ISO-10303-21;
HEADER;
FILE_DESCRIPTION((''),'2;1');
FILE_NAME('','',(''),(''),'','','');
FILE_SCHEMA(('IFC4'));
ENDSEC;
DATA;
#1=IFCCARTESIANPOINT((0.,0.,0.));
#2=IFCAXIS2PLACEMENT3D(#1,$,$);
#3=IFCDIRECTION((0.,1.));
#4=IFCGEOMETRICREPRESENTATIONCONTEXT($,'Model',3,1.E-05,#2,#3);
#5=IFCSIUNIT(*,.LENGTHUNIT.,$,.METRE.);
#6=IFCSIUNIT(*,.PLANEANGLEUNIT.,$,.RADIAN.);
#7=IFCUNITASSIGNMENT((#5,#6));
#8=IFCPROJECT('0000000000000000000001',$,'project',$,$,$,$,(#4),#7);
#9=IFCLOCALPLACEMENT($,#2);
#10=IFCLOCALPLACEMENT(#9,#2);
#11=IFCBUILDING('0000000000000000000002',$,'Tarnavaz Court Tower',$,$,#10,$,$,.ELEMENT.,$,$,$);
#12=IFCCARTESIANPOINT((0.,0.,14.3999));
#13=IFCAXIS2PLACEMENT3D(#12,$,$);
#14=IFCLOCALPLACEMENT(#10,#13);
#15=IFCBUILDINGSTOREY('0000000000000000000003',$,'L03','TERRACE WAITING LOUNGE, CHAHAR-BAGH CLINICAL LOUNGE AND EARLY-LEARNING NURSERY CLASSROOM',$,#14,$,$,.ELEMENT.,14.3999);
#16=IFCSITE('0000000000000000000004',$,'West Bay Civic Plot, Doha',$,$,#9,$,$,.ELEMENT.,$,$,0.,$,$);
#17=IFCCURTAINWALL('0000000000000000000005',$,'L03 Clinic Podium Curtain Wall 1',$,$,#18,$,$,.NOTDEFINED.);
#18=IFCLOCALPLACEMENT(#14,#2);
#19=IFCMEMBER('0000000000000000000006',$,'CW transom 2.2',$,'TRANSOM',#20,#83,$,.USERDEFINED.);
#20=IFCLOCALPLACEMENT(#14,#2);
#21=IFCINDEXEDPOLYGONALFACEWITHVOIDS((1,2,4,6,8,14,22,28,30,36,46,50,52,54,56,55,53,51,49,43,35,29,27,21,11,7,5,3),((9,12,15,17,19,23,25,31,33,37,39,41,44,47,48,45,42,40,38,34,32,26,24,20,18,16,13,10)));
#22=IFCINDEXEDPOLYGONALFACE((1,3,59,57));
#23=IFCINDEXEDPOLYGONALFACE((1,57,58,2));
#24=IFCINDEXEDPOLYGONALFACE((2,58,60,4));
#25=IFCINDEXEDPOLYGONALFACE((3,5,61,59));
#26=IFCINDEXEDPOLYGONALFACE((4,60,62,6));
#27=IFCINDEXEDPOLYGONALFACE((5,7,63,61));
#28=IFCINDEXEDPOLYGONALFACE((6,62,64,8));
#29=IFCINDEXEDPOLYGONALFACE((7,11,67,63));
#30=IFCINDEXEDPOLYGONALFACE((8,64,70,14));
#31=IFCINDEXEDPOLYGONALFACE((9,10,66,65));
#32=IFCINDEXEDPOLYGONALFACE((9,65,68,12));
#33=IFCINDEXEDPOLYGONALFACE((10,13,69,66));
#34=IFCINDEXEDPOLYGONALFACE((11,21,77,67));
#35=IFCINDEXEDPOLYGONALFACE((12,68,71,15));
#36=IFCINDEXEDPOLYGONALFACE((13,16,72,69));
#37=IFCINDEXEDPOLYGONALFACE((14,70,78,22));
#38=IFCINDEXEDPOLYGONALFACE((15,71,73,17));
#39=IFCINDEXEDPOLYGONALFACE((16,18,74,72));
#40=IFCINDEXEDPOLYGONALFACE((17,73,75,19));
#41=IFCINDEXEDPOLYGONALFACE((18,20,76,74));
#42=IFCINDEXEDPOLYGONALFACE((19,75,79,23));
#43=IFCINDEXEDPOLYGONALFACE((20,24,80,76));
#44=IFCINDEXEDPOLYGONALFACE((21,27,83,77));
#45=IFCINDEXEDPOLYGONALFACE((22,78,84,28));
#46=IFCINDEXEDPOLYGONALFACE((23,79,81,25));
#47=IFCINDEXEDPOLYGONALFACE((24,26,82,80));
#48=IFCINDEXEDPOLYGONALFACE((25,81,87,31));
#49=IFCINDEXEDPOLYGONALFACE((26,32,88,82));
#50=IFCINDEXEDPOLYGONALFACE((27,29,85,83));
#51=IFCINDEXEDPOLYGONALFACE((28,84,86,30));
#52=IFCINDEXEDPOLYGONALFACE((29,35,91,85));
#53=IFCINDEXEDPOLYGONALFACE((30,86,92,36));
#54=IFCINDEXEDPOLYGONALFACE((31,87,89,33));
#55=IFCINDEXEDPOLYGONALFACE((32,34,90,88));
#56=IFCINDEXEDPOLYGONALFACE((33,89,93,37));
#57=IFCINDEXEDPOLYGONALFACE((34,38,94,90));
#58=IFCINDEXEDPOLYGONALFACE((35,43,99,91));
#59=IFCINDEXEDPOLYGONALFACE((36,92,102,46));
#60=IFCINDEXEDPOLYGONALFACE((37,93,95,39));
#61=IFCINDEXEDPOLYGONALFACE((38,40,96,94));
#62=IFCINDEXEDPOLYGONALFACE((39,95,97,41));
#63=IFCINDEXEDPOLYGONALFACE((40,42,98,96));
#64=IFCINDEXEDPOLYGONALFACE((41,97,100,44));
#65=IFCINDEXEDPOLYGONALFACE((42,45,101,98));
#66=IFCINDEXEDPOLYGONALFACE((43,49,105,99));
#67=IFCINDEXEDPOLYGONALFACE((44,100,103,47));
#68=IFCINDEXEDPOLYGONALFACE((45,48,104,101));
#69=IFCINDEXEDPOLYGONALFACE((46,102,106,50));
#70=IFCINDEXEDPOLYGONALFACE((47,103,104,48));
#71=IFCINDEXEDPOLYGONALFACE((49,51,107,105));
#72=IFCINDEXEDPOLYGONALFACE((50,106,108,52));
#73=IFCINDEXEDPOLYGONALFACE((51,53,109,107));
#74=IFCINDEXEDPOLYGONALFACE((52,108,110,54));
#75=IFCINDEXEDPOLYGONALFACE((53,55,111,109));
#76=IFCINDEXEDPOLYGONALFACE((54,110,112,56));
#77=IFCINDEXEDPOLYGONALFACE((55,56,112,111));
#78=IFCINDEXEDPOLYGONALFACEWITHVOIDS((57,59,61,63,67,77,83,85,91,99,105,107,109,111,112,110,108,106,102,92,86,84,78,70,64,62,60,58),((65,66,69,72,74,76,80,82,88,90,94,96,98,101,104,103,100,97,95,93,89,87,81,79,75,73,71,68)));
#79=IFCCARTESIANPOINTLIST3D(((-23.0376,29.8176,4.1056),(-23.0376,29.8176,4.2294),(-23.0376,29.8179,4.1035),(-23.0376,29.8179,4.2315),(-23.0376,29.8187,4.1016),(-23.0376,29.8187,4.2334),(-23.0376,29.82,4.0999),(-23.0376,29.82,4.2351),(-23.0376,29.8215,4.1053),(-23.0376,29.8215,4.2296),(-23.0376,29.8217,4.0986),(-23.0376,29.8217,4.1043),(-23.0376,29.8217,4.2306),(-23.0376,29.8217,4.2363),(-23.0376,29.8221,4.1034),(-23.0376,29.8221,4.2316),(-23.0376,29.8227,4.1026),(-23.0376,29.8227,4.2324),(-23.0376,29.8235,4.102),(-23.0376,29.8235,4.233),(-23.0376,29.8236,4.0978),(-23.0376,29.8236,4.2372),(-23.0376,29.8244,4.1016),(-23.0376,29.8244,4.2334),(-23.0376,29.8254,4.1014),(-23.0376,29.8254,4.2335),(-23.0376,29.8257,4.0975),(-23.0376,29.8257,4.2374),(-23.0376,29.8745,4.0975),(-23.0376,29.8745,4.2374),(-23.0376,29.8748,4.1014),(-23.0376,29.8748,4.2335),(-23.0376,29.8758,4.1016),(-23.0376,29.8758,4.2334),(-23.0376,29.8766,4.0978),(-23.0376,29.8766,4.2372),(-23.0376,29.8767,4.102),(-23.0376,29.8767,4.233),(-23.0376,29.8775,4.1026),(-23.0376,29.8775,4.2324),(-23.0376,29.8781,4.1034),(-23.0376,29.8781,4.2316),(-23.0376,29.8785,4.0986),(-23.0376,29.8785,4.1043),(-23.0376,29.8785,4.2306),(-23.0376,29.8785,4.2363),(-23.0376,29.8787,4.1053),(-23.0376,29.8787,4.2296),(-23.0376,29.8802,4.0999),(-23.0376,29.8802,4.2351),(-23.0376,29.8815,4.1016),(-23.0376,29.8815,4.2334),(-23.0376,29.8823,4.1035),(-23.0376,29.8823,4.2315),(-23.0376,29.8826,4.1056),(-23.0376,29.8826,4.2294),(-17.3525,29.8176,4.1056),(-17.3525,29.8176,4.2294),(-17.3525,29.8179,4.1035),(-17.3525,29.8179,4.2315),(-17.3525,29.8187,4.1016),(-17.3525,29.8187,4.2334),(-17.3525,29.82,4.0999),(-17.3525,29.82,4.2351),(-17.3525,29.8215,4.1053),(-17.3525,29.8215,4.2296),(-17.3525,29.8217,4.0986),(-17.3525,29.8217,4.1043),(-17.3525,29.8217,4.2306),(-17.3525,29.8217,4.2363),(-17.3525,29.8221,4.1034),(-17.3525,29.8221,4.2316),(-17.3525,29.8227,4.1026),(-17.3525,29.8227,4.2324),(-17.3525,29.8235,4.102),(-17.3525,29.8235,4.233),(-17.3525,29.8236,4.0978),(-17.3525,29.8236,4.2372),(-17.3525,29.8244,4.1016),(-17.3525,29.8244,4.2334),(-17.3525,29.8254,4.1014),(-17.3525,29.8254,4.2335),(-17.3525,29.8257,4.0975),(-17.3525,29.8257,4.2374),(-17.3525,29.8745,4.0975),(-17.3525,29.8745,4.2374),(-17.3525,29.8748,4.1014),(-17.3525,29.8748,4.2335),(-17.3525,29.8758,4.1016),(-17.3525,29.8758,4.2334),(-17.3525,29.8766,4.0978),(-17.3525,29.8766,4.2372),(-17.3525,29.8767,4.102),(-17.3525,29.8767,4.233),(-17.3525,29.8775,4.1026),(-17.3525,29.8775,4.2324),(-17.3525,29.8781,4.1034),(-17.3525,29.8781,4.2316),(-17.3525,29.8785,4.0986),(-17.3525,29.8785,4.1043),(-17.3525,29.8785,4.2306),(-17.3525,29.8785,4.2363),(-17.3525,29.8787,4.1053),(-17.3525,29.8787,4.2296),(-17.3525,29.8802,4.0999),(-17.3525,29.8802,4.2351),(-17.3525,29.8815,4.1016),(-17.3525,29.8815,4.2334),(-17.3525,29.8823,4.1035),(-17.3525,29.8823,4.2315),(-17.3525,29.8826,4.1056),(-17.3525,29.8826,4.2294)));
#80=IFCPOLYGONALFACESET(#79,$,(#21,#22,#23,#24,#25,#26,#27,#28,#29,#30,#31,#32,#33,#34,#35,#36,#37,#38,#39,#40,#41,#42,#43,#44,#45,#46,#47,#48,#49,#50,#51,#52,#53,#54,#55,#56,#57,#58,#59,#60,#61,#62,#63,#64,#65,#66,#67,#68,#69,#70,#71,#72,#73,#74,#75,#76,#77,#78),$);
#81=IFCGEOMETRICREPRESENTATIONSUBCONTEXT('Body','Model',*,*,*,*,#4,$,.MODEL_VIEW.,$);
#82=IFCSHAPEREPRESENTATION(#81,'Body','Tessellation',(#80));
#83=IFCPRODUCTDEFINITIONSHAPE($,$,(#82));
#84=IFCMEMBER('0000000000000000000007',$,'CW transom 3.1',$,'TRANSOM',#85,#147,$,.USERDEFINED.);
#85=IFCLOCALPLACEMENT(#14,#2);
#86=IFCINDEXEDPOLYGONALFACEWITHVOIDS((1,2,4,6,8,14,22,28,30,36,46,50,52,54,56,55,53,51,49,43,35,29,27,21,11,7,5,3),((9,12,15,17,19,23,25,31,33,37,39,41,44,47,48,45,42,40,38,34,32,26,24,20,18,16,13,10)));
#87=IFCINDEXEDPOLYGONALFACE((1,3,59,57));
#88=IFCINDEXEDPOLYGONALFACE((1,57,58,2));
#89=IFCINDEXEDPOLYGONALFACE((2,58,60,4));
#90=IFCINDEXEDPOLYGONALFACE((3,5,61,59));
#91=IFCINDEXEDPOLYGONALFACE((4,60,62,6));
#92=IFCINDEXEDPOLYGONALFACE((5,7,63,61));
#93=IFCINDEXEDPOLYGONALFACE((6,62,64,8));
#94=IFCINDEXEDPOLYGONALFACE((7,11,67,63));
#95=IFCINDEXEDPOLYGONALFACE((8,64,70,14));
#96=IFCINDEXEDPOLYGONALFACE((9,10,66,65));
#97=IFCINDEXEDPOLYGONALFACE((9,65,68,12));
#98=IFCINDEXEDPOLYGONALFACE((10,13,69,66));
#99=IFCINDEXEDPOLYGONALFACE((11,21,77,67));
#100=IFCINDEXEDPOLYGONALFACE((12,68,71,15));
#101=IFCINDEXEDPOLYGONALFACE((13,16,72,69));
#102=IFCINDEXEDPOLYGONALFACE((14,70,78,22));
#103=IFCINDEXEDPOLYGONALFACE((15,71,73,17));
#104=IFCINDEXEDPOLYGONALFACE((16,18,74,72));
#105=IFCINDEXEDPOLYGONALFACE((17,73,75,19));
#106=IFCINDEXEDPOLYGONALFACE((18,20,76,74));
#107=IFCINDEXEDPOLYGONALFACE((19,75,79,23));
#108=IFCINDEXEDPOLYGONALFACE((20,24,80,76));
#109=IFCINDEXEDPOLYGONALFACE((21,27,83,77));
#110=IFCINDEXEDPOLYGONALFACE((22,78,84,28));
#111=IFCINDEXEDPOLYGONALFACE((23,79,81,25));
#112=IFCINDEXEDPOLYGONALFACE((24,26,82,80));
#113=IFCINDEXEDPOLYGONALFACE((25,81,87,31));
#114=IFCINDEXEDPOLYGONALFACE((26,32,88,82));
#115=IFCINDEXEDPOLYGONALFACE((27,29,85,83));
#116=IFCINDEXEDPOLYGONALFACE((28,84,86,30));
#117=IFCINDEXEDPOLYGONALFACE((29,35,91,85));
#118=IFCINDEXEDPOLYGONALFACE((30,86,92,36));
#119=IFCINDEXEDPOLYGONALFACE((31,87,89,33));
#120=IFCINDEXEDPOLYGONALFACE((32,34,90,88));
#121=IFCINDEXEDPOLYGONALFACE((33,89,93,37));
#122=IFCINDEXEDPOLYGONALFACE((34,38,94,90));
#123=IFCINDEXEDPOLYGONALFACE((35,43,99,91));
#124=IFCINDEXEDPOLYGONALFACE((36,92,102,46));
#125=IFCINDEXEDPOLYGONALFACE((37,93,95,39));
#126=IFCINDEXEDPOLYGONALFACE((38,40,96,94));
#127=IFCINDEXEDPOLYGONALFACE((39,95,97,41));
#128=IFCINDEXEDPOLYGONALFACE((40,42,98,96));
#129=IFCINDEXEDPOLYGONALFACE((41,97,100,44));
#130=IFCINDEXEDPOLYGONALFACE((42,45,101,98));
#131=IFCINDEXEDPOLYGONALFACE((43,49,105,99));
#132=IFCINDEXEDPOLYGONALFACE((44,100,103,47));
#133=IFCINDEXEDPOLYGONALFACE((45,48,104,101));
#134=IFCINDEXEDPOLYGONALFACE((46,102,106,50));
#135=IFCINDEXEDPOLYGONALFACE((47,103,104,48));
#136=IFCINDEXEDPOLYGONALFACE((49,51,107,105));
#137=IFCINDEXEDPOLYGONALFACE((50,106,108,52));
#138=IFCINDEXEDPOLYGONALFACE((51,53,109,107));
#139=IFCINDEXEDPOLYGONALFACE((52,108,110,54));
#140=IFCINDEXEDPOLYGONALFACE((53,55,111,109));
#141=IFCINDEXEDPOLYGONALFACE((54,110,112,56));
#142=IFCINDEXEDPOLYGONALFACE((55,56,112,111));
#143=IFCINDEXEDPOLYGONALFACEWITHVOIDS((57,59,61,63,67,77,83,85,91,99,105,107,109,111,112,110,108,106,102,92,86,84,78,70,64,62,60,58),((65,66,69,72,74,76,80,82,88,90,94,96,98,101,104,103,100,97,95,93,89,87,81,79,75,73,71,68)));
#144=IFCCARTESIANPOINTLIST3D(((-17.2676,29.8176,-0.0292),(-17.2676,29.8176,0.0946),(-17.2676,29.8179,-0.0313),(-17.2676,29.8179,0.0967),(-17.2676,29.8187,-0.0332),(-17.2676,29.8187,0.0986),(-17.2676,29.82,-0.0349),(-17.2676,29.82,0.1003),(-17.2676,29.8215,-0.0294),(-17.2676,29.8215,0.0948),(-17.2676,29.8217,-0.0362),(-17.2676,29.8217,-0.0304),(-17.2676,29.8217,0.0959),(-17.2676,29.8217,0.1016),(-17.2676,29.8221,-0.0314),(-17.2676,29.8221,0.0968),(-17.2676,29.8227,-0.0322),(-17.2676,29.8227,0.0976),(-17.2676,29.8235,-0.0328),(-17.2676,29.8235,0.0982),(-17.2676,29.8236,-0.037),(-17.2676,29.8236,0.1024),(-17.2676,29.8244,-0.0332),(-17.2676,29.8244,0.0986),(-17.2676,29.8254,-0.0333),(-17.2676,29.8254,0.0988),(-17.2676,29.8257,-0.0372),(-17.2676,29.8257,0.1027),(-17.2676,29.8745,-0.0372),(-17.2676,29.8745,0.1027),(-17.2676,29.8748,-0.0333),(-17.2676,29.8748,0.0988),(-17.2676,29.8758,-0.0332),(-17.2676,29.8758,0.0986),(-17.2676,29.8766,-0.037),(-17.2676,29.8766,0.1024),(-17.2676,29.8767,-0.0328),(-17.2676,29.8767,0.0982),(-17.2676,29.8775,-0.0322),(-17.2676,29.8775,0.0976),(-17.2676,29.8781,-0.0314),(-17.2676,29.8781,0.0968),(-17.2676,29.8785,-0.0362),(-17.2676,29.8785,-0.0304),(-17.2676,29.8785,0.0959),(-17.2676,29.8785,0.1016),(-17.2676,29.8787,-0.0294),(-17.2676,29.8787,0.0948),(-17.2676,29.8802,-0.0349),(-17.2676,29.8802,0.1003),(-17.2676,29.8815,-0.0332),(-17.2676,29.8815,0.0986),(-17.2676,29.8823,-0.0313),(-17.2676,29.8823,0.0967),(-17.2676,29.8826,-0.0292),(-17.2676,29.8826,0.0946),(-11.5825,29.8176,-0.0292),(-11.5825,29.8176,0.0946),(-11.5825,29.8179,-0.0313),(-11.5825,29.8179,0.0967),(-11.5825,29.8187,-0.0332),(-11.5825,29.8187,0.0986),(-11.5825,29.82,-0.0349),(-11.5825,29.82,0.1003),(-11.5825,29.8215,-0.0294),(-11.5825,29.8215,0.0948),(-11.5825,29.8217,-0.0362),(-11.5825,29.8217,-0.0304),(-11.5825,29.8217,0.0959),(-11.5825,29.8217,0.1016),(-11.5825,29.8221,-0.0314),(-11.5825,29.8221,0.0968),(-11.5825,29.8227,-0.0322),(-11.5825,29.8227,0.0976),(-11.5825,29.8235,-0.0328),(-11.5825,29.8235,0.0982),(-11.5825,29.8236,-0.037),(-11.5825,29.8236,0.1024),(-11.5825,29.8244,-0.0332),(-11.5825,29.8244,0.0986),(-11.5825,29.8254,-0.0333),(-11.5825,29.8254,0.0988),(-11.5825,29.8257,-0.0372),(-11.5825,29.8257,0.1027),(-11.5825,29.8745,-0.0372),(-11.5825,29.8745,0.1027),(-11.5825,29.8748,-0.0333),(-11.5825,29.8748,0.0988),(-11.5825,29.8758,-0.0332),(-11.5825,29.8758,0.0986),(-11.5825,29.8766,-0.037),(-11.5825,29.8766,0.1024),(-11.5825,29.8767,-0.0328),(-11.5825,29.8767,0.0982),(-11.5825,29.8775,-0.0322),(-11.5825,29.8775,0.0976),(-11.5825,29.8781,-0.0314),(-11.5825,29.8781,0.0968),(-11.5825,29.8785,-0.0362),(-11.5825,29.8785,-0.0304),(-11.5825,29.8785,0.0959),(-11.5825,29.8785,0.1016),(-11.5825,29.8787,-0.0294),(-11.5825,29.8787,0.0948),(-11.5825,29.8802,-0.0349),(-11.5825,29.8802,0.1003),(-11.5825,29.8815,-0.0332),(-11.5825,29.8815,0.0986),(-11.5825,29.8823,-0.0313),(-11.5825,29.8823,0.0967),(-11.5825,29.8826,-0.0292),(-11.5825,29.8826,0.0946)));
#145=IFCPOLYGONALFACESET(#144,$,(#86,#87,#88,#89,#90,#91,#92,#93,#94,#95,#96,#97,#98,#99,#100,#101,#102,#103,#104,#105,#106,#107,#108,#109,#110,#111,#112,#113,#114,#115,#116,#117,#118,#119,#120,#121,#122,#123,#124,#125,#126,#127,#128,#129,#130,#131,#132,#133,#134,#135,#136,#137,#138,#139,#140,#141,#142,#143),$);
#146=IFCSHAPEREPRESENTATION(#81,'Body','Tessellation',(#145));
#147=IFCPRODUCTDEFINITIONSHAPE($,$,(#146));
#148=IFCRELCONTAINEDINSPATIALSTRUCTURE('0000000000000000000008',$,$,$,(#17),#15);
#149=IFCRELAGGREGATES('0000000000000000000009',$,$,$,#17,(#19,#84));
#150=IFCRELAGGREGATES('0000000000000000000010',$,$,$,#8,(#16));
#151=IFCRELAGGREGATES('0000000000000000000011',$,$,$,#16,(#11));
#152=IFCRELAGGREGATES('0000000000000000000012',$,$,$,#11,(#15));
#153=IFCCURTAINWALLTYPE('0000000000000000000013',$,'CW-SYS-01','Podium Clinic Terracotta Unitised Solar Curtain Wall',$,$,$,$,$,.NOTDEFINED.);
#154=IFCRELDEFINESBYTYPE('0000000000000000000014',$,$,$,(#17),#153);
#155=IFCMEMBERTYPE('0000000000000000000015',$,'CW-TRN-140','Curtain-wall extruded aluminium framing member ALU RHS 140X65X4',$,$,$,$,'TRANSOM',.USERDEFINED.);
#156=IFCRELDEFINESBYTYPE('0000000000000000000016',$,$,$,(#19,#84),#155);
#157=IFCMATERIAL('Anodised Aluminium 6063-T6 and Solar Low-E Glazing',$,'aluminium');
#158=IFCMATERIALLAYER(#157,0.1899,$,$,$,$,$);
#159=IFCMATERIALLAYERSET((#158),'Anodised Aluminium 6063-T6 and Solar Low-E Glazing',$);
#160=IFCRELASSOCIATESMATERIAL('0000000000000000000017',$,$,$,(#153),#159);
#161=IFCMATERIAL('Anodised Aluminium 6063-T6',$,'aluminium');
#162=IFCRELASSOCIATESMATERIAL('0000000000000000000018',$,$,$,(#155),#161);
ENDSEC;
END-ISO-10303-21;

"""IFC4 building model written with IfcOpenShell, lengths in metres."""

from ifc_helpers import new_model, si_unit, direction, frame, origin, origin_2d, place, context, subcontext, project, spatial, hollow_rectangle, extrude, material, layer, layer_set, material_profile, profile_set, type_object, element, aggregate, save


model = new_model("IFC4")

# Units and contexts
model_context = context("Model", 3, precision=1e-05, world=origin(), true_north=direction((0.0, 1.0)))
body_context = subcontext(model_context, "Body", "Model", "MODEL_VIEW")
ifc_project = project(units=[si_unit("LENGTHUNIT", "METRE"), si_unit("PLANEANGLEUNIT", "RADIAN")], contexts=[model_context])

# Site, building, storey
site_placement = place(None, origin())
site = spatial("IfcSite", under=ifc_project, at=site_placement, Name="West Bay Civic Plot, Doha", CompositionType="ELEMENT", RefElevation=0.0)
building_placement = place(site_placement, origin())
building = spatial("IfcBuilding", under=site, at=building_placement, Name="Tarnavaz Court Tower", CompositionType="ELEMENT")
storey_placement = place(building_placement, frame((0.0, 0.0, 14.3999)))
storey = spatial("IfcBuildingStorey", under=building, at=storey_placement, Name="L03", Description="TERRACE WAITING LOUNGE, CHAHAR-BAGH CLINICAL LOUNGE AND EARLY-LEARNING NURSERY CLASSROOM", CompositionType="ELEMENT", Elevation=14.3999)

# Curtain wall, members
ifc_material_1 = material(Name="Anodised Aluminium 6063-T6 and Solar Low-E Glazing", Category="aluminium")
ifc_layer_1 = layer(ifc_material_1, 0.1899)
ifc_layer_set_1 = layer_set([ifc_layer_1], Name="Anodised Aluminium 6063-T6 and Solar Low-E Glazing")
curtain_wall_type = type_object("IfcCurtainWallType", Name="CW-SYS-01", Description="Podium Clinic Terracotta Unitised Solar Curtain Wall", PredefinedType="NOTDEFINED", material=ifc_layer_set_1)
curtain_wall_placement = place(storey_placement, origin())
curtain_wall = element("IfcCurtainWall", 1, at=curtain_wall_placement, inside=storey, type_object=curtain_wall_type, Name="L03 Clinic Podium Curtain Wall 1", PredefinedType="NOTDEFINED")
ifc_material_2 = material(Name="Anodised Aluminium 6063-T6", Category="aluminium")
ifc_material_profile_1 = material_profile(ifc_material_2, hollow_rectangle(XDim=0.0649, YDim=0.1399, WallThickness=0.0039, InnerFilletRadius=0.0039, OuterFilletRadius=0.0081, at=origin_2d()), Name="ALU RHS 140X65X4")
ifc_profile_set_1 = profile_set([ifc_material_profile_1], Name="Anodised Aluminium 6063-T6")
member_type_1 = type_object("IfcMemberType", Name="CW-TRN-140", Description="Curtain-wall extruded aluminium framing member ALU RHS 140X65X4", ElementType="TRANSOM", PredefinedType="USERDEFINED", material=ifc_profile_set_1)
member_1_placement = place(storey_placement, frame((-23.0376, 29.8501, 4.1675), z_axis=(1.0, 0.0, 0.0), x_axis=(0.0, 1.0, 0.0)))
member_1 = element("IfcMember", 2, at=member_1_placement, type_object=member_type_1, Name="CW transom 2.2", ObjectType="TRANSOM", PredefinedType="USERDEFINED", context=body_context, shape_type="SweptSolid", body=[
    extrude(hollow_rectangle(XDim=0.0649, YDim=0.1399, WallThickness=0.0039, InnerFilletRadius=0.0039, OuterFilletRadius=0.0081, at=origin_2d()), origin(), (0.0, 0.0, 1.0), 5.6851),
])
member_2_placement = place(storey_placement, frame((-17.2676, 29.8501, 0.0327), z_axis=(1.0, 0.0, 0.0), x_axis=(0.0, 1.0, 0.0)))
member_2 = element("IfcMember", 3, at=member_2_placement, type_object=member_type_1, Name="CW transom 3.1", ObjectType="TRANSOM", PredefinedType="USERDEFINED", context=body_context, shape_type="SweptSolid", body=[
    extrude(hollow_rectangle(XDim=0.0649, YDim=0.1399, WallThickness=0.0039, InnerFilletRadius=0.0039, OuterFilletRadius=0.0081, at=origin_2d()), origin(), (0.0, 0.0, 1.0), 5.6851),
])
aggregate(curtain_wall, [member_1, member_2])

save(model, "model.ifc")
